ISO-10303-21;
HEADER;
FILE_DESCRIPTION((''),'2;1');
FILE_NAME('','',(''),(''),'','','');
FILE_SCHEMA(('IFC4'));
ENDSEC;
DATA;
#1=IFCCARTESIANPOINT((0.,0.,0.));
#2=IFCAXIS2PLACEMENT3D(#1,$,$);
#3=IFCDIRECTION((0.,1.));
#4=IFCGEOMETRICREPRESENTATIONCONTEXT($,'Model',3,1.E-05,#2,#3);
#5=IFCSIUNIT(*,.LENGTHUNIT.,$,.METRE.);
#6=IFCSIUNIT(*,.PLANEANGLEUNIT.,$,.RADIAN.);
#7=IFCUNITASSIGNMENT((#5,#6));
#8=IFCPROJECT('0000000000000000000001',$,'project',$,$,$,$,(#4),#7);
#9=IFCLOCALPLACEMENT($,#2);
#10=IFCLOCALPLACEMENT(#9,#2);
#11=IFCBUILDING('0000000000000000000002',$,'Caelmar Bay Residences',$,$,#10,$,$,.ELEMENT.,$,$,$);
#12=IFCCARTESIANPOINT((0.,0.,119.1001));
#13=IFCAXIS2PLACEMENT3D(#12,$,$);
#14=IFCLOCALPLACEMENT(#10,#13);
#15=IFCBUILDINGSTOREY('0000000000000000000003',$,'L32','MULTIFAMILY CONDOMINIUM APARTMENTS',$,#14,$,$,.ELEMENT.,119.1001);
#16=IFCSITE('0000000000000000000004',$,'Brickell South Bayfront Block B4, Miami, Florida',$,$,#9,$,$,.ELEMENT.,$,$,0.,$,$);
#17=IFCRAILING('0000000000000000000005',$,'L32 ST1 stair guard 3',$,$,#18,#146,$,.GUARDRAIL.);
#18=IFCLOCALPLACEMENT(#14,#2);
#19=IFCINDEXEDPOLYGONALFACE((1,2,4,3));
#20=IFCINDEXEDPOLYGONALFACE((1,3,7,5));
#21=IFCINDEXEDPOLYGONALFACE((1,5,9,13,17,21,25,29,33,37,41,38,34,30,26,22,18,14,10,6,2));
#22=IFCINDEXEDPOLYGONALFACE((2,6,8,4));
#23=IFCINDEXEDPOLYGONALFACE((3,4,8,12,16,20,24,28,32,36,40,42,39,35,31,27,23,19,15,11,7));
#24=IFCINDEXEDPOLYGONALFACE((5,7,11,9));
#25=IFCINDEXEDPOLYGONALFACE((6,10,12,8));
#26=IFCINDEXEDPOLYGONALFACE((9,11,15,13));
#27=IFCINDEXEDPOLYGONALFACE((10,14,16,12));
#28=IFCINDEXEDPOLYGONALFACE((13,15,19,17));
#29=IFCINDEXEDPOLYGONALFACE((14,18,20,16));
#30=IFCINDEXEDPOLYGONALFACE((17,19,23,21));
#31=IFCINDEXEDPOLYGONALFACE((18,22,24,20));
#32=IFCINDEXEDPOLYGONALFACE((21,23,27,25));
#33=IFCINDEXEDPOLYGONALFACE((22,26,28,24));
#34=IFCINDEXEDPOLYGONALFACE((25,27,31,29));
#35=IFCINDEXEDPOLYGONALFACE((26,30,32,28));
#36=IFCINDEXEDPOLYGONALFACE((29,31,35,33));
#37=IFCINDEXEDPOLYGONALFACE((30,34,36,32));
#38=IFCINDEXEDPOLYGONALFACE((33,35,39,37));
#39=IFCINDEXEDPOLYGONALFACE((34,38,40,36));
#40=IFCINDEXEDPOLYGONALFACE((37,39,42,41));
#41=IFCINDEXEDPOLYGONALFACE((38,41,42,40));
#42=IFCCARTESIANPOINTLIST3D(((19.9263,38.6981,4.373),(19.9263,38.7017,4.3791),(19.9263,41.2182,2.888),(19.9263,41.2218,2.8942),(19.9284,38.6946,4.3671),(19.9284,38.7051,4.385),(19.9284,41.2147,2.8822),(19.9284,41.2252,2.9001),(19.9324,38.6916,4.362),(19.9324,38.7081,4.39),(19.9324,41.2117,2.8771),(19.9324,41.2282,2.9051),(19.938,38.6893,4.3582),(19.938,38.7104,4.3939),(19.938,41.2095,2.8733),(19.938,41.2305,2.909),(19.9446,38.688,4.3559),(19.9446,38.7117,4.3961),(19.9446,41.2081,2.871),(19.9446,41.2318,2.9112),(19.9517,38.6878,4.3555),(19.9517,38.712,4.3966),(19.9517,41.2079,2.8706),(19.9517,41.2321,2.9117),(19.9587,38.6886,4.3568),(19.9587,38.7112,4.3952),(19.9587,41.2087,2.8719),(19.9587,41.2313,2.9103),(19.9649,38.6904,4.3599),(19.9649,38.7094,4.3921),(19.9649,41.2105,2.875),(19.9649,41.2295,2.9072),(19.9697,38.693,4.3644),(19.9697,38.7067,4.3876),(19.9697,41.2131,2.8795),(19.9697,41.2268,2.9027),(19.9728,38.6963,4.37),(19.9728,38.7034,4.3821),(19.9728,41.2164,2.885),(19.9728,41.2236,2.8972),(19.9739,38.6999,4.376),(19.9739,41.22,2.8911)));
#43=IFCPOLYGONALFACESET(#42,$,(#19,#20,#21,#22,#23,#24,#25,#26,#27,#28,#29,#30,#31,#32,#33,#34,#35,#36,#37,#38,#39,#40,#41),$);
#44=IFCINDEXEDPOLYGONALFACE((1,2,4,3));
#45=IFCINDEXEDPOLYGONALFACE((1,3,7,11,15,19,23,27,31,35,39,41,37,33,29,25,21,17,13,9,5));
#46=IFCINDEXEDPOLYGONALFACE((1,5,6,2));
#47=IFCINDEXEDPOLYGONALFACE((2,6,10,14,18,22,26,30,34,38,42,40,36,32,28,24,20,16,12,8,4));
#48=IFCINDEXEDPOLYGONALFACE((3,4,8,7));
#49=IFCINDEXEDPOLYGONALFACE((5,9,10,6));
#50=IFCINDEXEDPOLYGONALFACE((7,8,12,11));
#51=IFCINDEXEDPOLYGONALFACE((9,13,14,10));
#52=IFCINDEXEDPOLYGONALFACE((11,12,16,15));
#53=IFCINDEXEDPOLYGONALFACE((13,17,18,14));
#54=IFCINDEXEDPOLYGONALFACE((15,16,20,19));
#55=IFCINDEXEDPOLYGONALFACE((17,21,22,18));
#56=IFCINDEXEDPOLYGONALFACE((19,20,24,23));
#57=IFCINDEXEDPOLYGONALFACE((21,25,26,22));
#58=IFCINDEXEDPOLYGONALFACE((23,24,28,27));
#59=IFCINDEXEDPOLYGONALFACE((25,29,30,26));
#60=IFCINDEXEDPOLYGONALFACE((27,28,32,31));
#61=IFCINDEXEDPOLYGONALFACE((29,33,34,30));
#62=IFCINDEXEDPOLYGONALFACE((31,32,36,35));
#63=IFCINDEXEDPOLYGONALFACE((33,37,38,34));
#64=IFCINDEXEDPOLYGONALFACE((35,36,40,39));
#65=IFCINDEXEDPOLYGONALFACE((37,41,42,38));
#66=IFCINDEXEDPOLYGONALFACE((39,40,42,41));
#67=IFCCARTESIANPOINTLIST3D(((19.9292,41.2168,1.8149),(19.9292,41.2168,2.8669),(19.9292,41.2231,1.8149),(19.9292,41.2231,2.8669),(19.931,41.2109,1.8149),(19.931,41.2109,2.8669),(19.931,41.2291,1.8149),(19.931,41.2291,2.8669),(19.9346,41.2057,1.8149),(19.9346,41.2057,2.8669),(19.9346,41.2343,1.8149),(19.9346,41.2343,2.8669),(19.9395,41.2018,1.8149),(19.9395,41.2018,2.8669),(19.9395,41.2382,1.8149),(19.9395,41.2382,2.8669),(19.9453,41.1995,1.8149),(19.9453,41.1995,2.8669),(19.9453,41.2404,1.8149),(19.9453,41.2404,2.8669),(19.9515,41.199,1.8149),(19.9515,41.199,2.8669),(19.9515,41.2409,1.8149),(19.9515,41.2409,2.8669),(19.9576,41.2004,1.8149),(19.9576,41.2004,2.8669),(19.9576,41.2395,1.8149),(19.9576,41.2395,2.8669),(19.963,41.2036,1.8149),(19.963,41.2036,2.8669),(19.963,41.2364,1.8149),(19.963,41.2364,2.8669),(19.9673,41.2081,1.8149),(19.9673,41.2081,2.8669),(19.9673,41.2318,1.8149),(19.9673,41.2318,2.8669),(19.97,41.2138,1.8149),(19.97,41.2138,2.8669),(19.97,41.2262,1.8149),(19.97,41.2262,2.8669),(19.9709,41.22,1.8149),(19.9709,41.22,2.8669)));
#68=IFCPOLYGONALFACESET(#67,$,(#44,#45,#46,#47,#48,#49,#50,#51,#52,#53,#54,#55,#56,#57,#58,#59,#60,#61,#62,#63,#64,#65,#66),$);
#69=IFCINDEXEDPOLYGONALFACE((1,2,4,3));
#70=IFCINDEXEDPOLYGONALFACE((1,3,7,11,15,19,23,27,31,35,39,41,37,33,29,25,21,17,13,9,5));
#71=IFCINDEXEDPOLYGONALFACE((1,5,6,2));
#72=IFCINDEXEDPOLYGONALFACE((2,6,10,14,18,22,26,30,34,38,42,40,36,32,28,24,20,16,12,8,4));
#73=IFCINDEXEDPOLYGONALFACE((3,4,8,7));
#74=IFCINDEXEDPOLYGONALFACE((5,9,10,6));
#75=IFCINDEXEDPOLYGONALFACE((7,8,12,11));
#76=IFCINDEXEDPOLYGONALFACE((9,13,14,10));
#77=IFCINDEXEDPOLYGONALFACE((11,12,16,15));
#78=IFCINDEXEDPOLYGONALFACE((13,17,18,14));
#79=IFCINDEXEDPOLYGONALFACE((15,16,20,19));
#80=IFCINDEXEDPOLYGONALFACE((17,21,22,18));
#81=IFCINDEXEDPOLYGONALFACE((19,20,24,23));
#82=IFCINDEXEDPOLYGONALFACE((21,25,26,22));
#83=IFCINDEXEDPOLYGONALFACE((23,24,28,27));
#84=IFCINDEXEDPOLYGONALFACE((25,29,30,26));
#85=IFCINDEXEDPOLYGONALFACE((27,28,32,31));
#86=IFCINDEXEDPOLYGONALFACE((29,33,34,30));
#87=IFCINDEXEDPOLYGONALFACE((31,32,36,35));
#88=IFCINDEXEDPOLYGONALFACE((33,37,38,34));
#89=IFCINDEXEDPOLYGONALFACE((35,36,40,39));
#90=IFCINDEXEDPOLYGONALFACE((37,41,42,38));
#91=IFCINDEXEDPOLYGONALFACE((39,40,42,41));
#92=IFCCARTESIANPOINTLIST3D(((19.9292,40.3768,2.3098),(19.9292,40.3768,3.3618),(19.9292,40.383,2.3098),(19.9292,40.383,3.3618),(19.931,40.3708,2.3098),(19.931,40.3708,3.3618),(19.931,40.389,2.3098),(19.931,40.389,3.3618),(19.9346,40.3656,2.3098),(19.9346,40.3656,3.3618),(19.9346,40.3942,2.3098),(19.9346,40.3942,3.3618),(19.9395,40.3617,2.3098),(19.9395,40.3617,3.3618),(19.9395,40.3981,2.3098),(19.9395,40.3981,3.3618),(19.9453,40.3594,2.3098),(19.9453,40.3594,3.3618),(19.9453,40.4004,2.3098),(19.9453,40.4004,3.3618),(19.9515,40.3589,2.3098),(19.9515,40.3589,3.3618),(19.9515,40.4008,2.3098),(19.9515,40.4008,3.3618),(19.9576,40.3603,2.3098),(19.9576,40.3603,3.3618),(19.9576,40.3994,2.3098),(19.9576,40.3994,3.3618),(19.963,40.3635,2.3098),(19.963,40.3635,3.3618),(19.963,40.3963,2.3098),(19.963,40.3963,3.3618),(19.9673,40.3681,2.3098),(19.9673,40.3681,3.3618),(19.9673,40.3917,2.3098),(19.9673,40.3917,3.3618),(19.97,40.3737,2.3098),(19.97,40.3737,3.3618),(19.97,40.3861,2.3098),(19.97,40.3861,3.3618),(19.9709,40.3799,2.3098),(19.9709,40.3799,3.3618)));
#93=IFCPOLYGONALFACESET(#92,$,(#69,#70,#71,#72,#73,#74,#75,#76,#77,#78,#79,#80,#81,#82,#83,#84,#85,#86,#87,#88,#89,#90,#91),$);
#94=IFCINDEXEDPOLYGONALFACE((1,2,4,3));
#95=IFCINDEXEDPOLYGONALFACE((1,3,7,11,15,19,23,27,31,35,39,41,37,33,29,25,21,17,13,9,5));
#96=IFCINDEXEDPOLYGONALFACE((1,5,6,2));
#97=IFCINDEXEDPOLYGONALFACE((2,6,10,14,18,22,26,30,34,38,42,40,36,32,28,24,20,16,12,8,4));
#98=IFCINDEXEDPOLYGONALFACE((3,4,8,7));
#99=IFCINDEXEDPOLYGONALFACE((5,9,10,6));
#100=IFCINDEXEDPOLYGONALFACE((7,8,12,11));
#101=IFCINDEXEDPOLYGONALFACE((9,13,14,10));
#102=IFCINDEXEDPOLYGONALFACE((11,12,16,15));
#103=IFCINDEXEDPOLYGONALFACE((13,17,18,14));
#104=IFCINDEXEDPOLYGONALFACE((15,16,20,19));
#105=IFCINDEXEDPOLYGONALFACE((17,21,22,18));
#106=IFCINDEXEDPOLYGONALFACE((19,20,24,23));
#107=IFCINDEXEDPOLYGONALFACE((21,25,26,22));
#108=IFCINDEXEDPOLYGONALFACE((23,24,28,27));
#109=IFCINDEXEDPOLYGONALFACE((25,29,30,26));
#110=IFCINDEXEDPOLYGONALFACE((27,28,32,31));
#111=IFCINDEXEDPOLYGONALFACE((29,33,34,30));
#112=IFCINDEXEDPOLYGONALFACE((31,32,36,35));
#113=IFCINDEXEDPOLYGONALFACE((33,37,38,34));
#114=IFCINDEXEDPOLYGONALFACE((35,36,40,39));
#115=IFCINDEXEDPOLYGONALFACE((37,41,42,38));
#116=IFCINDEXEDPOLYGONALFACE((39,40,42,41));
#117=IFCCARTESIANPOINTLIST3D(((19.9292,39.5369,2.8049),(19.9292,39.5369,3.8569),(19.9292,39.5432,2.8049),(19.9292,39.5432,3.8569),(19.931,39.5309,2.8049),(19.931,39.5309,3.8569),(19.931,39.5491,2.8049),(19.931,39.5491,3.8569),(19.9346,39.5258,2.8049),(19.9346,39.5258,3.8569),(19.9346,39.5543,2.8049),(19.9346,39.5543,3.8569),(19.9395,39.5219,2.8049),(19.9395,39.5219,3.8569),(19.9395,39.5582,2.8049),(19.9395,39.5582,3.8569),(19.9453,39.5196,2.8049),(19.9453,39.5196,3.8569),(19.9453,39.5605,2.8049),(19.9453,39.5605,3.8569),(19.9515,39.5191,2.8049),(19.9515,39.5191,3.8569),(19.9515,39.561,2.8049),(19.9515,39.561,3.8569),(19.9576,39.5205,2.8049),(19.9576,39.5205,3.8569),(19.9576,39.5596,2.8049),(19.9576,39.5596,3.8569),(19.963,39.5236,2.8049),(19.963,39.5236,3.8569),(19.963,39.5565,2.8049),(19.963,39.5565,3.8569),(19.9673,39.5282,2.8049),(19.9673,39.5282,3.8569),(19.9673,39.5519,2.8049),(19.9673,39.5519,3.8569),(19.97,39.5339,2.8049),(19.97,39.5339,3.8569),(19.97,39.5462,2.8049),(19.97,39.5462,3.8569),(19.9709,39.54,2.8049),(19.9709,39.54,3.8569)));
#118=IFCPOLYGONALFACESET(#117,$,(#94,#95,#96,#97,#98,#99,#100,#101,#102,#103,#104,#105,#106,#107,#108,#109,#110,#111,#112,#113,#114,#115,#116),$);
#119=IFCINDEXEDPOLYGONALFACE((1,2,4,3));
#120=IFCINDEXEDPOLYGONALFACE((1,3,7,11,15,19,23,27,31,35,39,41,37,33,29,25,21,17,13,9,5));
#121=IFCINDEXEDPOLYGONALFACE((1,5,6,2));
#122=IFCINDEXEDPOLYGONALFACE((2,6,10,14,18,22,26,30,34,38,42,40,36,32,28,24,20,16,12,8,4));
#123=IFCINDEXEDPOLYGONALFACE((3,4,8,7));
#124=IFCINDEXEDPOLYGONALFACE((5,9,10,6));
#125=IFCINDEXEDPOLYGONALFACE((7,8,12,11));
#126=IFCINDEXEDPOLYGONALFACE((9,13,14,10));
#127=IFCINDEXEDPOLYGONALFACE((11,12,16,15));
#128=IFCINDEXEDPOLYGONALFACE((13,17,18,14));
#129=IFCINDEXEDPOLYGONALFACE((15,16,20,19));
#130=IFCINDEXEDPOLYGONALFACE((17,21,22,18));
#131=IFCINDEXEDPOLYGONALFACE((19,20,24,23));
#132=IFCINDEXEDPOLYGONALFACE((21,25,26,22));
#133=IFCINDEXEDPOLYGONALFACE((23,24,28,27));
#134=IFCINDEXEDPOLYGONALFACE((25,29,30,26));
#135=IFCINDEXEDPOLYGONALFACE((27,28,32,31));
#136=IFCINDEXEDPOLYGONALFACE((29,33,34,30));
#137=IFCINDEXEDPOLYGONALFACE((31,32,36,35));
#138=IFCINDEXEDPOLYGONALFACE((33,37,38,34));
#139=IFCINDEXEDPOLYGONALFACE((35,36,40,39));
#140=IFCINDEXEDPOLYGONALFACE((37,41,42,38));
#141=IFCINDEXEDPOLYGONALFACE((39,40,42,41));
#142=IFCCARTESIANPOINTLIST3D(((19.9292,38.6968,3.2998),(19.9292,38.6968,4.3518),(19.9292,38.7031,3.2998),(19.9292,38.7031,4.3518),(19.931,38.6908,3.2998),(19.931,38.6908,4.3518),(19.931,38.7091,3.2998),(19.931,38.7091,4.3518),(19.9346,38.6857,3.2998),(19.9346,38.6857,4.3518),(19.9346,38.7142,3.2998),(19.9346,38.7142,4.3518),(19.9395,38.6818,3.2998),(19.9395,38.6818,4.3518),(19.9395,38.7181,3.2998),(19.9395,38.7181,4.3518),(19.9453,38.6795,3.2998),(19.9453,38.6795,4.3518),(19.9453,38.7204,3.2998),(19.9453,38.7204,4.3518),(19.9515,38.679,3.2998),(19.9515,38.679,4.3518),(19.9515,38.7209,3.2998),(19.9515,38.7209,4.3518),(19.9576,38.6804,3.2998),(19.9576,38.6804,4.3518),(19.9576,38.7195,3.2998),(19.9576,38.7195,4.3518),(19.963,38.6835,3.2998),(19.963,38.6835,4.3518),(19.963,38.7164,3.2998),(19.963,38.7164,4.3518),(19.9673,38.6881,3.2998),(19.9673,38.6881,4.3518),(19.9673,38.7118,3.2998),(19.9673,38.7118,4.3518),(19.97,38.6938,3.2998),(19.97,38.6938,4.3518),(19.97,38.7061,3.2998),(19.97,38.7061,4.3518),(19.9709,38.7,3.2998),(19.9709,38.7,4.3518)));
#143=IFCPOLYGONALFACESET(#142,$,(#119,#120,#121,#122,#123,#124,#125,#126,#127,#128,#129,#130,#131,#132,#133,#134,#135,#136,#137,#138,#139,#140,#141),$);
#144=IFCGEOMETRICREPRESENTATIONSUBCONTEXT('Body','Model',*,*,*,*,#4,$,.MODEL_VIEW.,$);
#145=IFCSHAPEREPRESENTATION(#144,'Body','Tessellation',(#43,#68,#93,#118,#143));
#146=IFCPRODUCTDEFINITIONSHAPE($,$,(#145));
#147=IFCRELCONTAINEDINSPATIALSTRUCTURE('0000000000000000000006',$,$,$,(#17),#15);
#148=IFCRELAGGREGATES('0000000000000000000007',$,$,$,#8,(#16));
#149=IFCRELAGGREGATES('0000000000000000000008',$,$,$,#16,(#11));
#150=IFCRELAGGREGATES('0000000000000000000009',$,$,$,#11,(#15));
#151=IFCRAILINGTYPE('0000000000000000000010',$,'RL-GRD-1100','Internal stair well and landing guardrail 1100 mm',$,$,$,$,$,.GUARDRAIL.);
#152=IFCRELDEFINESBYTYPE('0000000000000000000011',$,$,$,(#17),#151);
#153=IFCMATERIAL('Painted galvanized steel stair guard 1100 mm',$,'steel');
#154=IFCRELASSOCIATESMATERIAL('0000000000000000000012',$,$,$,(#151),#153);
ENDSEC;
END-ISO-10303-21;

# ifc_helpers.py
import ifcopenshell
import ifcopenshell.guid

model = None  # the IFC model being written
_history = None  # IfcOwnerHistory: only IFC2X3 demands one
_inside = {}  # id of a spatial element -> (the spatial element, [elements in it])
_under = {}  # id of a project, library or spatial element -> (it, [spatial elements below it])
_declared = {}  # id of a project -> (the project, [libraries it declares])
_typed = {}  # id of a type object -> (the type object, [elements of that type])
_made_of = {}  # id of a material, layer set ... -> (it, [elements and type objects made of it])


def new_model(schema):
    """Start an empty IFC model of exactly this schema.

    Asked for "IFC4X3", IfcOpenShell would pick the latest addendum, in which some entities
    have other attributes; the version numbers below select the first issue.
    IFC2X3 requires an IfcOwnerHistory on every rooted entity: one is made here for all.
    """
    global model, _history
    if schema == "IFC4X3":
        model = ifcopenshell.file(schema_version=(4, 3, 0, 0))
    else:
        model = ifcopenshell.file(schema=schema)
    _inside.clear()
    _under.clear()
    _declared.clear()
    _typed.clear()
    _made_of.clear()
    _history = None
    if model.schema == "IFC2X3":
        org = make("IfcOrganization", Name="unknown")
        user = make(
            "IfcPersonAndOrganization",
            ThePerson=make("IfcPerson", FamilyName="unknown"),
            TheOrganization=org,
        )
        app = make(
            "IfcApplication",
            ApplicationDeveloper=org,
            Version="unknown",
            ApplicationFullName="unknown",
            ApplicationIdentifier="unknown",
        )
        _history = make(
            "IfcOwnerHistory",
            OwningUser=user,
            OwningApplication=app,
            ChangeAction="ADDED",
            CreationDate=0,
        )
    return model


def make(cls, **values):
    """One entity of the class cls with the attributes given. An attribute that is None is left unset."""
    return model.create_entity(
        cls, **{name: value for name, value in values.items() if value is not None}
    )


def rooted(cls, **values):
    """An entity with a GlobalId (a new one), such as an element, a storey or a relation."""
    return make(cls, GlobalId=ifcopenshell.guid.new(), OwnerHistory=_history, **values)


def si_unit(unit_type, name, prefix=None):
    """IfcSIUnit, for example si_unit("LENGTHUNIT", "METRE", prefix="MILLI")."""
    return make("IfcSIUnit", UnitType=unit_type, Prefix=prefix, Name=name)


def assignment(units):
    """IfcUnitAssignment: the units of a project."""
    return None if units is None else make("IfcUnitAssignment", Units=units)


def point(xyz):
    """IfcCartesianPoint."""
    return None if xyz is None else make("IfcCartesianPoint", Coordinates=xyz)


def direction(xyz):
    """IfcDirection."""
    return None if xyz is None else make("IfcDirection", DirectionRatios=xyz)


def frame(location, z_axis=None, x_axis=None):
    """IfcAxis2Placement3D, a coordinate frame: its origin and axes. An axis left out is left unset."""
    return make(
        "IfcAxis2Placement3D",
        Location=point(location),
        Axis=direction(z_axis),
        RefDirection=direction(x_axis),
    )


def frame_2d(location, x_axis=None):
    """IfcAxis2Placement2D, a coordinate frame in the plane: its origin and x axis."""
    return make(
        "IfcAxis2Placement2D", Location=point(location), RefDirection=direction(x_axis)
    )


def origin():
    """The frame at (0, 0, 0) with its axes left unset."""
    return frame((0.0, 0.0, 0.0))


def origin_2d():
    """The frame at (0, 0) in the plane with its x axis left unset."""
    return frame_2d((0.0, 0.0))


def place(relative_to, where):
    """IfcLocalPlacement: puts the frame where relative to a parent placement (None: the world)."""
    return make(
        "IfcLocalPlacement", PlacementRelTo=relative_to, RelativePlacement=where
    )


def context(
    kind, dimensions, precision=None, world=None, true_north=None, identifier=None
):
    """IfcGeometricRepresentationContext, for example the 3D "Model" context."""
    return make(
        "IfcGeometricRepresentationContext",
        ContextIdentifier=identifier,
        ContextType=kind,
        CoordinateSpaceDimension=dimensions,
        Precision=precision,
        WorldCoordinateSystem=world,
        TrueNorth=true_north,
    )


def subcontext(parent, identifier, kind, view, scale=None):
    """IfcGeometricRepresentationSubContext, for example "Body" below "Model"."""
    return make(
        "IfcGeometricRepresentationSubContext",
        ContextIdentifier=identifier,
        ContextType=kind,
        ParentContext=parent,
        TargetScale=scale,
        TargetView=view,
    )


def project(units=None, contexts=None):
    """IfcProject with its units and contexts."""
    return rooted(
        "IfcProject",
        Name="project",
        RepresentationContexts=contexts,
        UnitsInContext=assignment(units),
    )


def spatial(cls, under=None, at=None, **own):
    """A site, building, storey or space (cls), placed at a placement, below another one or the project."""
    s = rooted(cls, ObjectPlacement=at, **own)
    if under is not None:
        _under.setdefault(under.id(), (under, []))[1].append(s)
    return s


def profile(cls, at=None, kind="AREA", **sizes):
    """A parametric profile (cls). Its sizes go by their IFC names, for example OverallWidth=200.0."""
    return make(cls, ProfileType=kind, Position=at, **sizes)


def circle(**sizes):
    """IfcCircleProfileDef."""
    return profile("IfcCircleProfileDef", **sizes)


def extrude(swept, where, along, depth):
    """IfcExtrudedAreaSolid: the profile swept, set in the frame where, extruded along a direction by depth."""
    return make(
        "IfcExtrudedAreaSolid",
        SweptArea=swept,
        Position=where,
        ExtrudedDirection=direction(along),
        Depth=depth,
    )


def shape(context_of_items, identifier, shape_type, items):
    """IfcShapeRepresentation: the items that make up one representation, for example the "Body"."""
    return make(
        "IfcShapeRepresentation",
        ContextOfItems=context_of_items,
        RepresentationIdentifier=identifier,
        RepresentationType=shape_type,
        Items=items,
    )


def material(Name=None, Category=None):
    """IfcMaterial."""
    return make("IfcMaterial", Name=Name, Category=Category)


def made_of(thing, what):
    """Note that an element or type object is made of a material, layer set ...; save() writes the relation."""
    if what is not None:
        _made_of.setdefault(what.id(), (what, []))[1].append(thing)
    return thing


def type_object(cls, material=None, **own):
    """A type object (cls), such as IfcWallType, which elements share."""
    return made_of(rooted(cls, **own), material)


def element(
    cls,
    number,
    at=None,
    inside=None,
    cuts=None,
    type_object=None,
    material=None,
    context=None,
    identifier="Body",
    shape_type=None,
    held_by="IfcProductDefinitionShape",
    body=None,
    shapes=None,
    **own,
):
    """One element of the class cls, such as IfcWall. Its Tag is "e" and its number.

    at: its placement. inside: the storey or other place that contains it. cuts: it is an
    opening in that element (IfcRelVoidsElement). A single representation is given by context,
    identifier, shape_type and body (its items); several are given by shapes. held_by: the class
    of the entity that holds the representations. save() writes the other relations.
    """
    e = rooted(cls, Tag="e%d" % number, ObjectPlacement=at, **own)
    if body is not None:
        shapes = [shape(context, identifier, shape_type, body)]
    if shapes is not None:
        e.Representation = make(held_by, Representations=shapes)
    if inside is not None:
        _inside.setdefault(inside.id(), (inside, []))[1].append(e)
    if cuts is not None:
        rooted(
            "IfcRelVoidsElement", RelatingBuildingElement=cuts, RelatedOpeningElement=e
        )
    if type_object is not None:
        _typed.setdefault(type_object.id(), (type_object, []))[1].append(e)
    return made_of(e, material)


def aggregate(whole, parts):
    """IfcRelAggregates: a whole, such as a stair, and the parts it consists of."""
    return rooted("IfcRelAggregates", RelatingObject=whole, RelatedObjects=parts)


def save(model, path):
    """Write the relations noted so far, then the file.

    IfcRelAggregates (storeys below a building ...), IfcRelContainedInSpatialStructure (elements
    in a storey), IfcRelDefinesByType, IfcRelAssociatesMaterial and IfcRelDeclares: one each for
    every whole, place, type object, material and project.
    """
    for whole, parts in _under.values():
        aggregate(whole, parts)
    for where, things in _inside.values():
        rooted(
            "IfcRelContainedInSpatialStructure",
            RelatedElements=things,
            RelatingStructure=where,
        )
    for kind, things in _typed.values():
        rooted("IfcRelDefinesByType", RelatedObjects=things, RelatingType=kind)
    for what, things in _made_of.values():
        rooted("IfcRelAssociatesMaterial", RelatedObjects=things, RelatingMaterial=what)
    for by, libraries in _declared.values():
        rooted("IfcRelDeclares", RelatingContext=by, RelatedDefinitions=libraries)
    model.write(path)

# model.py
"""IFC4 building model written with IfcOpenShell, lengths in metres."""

from ifc_helpers import new_model, si_unit, direction, frame, origin, origin_2d, place, context, subcontext, project, spatial, circle, extrude, material, type_object, element, save


model = new_model("IFC4")

# Units and contexts
model_context = context("Model", 3, precision=1e-05, world=origin(), true_north=direction((0.0, 1.0)))
body_context = subcontext(model_context, "Body", "Model", "MODEL_VIEW")
ifc_project = project(units=[si_unit("LENGTHUNIT", "METRE"), si_unit("PLANEANGLEUNIT", "RADIAN")], contexts=[model_context])

# Site, building, storey
site_placement = place(None, origin())
site = spatial("IfcSite", under=ifc_project, at=site_placement, Name="Brickell South Bayfront Block B4, Miami, Florida", CompositionType="ELEMENT", RefElevation=0.0)
building_placement = place(site_placement, origin())
building = spatial("IfcBuilding", under=site, at=building_placement, Name="Caelmar Bay Residences", CompositionType="ELEMENT")
storey_placement = place(building_placement, frame((0.0, 0.0, 119.1001)))
storey = spatial("IfcBuildingStorey", under=building, at=storey_placement, Name="L32", Description="MULTIFAMILY CONDOMINIUM APARTMENTS", CompositionType="ELEMENT", Elevation=119.1001)

# Railing
ifc_material_1 = material(Name="Painted galvanized steel stair guard 1100 mm", Category="steel")
railing_type_1 = type_object("IfcRailingType", Name="RL-GRD-1100", Description="Internal stair well and landing guardrail 1100 mm", PredefinedType="GUARDRAIL", material=ifc_material_1)
railing_1_placement = place(storey_placement, frame((19.95, 41.22, 1.8149)))
element("IfcRailing", 1, at=railing_1_placement, inside=storey, type_object=railing_type_1, Name="L32 ST1 stair guard 3", PredefinedType="GUARDRAIL", context=body_context, shape_type="SweptSolid", body=[
    extrude(circle(Radius=0.0239, at=origin_2d()), frame((0.0, 0.0, 1.0762), z_axis=(0.0, -0.861561, 0.507655), x_axis=(1.0, 0.0, 0.0)), (0.0, 0.0, 1.0), 2.925),
    extrude(circle(Radius=0.021, at=origin_2d()), origin(), (0.0, 0.0, 1.0), 1.052),
    extrude(circle(Radius=0.021, at=origin_2d()), frame((0.0, -0.8401, 0.4949)), (0.0, 0.0, 1.0), 1.052),
    extrude(circle(Radius=0.021, at=origin_2d()), frame((0.0, -1.6799, 0.99)), (0.0, 0.0, 1.0), 1.052),
    extrude(circle(Radius=0.021, at=origin_2d()), frame((0.0, -2.52, 1.4849)), (0.0, 0.0, 1.0), 1.052),
])

save(model, "model.ifc")
